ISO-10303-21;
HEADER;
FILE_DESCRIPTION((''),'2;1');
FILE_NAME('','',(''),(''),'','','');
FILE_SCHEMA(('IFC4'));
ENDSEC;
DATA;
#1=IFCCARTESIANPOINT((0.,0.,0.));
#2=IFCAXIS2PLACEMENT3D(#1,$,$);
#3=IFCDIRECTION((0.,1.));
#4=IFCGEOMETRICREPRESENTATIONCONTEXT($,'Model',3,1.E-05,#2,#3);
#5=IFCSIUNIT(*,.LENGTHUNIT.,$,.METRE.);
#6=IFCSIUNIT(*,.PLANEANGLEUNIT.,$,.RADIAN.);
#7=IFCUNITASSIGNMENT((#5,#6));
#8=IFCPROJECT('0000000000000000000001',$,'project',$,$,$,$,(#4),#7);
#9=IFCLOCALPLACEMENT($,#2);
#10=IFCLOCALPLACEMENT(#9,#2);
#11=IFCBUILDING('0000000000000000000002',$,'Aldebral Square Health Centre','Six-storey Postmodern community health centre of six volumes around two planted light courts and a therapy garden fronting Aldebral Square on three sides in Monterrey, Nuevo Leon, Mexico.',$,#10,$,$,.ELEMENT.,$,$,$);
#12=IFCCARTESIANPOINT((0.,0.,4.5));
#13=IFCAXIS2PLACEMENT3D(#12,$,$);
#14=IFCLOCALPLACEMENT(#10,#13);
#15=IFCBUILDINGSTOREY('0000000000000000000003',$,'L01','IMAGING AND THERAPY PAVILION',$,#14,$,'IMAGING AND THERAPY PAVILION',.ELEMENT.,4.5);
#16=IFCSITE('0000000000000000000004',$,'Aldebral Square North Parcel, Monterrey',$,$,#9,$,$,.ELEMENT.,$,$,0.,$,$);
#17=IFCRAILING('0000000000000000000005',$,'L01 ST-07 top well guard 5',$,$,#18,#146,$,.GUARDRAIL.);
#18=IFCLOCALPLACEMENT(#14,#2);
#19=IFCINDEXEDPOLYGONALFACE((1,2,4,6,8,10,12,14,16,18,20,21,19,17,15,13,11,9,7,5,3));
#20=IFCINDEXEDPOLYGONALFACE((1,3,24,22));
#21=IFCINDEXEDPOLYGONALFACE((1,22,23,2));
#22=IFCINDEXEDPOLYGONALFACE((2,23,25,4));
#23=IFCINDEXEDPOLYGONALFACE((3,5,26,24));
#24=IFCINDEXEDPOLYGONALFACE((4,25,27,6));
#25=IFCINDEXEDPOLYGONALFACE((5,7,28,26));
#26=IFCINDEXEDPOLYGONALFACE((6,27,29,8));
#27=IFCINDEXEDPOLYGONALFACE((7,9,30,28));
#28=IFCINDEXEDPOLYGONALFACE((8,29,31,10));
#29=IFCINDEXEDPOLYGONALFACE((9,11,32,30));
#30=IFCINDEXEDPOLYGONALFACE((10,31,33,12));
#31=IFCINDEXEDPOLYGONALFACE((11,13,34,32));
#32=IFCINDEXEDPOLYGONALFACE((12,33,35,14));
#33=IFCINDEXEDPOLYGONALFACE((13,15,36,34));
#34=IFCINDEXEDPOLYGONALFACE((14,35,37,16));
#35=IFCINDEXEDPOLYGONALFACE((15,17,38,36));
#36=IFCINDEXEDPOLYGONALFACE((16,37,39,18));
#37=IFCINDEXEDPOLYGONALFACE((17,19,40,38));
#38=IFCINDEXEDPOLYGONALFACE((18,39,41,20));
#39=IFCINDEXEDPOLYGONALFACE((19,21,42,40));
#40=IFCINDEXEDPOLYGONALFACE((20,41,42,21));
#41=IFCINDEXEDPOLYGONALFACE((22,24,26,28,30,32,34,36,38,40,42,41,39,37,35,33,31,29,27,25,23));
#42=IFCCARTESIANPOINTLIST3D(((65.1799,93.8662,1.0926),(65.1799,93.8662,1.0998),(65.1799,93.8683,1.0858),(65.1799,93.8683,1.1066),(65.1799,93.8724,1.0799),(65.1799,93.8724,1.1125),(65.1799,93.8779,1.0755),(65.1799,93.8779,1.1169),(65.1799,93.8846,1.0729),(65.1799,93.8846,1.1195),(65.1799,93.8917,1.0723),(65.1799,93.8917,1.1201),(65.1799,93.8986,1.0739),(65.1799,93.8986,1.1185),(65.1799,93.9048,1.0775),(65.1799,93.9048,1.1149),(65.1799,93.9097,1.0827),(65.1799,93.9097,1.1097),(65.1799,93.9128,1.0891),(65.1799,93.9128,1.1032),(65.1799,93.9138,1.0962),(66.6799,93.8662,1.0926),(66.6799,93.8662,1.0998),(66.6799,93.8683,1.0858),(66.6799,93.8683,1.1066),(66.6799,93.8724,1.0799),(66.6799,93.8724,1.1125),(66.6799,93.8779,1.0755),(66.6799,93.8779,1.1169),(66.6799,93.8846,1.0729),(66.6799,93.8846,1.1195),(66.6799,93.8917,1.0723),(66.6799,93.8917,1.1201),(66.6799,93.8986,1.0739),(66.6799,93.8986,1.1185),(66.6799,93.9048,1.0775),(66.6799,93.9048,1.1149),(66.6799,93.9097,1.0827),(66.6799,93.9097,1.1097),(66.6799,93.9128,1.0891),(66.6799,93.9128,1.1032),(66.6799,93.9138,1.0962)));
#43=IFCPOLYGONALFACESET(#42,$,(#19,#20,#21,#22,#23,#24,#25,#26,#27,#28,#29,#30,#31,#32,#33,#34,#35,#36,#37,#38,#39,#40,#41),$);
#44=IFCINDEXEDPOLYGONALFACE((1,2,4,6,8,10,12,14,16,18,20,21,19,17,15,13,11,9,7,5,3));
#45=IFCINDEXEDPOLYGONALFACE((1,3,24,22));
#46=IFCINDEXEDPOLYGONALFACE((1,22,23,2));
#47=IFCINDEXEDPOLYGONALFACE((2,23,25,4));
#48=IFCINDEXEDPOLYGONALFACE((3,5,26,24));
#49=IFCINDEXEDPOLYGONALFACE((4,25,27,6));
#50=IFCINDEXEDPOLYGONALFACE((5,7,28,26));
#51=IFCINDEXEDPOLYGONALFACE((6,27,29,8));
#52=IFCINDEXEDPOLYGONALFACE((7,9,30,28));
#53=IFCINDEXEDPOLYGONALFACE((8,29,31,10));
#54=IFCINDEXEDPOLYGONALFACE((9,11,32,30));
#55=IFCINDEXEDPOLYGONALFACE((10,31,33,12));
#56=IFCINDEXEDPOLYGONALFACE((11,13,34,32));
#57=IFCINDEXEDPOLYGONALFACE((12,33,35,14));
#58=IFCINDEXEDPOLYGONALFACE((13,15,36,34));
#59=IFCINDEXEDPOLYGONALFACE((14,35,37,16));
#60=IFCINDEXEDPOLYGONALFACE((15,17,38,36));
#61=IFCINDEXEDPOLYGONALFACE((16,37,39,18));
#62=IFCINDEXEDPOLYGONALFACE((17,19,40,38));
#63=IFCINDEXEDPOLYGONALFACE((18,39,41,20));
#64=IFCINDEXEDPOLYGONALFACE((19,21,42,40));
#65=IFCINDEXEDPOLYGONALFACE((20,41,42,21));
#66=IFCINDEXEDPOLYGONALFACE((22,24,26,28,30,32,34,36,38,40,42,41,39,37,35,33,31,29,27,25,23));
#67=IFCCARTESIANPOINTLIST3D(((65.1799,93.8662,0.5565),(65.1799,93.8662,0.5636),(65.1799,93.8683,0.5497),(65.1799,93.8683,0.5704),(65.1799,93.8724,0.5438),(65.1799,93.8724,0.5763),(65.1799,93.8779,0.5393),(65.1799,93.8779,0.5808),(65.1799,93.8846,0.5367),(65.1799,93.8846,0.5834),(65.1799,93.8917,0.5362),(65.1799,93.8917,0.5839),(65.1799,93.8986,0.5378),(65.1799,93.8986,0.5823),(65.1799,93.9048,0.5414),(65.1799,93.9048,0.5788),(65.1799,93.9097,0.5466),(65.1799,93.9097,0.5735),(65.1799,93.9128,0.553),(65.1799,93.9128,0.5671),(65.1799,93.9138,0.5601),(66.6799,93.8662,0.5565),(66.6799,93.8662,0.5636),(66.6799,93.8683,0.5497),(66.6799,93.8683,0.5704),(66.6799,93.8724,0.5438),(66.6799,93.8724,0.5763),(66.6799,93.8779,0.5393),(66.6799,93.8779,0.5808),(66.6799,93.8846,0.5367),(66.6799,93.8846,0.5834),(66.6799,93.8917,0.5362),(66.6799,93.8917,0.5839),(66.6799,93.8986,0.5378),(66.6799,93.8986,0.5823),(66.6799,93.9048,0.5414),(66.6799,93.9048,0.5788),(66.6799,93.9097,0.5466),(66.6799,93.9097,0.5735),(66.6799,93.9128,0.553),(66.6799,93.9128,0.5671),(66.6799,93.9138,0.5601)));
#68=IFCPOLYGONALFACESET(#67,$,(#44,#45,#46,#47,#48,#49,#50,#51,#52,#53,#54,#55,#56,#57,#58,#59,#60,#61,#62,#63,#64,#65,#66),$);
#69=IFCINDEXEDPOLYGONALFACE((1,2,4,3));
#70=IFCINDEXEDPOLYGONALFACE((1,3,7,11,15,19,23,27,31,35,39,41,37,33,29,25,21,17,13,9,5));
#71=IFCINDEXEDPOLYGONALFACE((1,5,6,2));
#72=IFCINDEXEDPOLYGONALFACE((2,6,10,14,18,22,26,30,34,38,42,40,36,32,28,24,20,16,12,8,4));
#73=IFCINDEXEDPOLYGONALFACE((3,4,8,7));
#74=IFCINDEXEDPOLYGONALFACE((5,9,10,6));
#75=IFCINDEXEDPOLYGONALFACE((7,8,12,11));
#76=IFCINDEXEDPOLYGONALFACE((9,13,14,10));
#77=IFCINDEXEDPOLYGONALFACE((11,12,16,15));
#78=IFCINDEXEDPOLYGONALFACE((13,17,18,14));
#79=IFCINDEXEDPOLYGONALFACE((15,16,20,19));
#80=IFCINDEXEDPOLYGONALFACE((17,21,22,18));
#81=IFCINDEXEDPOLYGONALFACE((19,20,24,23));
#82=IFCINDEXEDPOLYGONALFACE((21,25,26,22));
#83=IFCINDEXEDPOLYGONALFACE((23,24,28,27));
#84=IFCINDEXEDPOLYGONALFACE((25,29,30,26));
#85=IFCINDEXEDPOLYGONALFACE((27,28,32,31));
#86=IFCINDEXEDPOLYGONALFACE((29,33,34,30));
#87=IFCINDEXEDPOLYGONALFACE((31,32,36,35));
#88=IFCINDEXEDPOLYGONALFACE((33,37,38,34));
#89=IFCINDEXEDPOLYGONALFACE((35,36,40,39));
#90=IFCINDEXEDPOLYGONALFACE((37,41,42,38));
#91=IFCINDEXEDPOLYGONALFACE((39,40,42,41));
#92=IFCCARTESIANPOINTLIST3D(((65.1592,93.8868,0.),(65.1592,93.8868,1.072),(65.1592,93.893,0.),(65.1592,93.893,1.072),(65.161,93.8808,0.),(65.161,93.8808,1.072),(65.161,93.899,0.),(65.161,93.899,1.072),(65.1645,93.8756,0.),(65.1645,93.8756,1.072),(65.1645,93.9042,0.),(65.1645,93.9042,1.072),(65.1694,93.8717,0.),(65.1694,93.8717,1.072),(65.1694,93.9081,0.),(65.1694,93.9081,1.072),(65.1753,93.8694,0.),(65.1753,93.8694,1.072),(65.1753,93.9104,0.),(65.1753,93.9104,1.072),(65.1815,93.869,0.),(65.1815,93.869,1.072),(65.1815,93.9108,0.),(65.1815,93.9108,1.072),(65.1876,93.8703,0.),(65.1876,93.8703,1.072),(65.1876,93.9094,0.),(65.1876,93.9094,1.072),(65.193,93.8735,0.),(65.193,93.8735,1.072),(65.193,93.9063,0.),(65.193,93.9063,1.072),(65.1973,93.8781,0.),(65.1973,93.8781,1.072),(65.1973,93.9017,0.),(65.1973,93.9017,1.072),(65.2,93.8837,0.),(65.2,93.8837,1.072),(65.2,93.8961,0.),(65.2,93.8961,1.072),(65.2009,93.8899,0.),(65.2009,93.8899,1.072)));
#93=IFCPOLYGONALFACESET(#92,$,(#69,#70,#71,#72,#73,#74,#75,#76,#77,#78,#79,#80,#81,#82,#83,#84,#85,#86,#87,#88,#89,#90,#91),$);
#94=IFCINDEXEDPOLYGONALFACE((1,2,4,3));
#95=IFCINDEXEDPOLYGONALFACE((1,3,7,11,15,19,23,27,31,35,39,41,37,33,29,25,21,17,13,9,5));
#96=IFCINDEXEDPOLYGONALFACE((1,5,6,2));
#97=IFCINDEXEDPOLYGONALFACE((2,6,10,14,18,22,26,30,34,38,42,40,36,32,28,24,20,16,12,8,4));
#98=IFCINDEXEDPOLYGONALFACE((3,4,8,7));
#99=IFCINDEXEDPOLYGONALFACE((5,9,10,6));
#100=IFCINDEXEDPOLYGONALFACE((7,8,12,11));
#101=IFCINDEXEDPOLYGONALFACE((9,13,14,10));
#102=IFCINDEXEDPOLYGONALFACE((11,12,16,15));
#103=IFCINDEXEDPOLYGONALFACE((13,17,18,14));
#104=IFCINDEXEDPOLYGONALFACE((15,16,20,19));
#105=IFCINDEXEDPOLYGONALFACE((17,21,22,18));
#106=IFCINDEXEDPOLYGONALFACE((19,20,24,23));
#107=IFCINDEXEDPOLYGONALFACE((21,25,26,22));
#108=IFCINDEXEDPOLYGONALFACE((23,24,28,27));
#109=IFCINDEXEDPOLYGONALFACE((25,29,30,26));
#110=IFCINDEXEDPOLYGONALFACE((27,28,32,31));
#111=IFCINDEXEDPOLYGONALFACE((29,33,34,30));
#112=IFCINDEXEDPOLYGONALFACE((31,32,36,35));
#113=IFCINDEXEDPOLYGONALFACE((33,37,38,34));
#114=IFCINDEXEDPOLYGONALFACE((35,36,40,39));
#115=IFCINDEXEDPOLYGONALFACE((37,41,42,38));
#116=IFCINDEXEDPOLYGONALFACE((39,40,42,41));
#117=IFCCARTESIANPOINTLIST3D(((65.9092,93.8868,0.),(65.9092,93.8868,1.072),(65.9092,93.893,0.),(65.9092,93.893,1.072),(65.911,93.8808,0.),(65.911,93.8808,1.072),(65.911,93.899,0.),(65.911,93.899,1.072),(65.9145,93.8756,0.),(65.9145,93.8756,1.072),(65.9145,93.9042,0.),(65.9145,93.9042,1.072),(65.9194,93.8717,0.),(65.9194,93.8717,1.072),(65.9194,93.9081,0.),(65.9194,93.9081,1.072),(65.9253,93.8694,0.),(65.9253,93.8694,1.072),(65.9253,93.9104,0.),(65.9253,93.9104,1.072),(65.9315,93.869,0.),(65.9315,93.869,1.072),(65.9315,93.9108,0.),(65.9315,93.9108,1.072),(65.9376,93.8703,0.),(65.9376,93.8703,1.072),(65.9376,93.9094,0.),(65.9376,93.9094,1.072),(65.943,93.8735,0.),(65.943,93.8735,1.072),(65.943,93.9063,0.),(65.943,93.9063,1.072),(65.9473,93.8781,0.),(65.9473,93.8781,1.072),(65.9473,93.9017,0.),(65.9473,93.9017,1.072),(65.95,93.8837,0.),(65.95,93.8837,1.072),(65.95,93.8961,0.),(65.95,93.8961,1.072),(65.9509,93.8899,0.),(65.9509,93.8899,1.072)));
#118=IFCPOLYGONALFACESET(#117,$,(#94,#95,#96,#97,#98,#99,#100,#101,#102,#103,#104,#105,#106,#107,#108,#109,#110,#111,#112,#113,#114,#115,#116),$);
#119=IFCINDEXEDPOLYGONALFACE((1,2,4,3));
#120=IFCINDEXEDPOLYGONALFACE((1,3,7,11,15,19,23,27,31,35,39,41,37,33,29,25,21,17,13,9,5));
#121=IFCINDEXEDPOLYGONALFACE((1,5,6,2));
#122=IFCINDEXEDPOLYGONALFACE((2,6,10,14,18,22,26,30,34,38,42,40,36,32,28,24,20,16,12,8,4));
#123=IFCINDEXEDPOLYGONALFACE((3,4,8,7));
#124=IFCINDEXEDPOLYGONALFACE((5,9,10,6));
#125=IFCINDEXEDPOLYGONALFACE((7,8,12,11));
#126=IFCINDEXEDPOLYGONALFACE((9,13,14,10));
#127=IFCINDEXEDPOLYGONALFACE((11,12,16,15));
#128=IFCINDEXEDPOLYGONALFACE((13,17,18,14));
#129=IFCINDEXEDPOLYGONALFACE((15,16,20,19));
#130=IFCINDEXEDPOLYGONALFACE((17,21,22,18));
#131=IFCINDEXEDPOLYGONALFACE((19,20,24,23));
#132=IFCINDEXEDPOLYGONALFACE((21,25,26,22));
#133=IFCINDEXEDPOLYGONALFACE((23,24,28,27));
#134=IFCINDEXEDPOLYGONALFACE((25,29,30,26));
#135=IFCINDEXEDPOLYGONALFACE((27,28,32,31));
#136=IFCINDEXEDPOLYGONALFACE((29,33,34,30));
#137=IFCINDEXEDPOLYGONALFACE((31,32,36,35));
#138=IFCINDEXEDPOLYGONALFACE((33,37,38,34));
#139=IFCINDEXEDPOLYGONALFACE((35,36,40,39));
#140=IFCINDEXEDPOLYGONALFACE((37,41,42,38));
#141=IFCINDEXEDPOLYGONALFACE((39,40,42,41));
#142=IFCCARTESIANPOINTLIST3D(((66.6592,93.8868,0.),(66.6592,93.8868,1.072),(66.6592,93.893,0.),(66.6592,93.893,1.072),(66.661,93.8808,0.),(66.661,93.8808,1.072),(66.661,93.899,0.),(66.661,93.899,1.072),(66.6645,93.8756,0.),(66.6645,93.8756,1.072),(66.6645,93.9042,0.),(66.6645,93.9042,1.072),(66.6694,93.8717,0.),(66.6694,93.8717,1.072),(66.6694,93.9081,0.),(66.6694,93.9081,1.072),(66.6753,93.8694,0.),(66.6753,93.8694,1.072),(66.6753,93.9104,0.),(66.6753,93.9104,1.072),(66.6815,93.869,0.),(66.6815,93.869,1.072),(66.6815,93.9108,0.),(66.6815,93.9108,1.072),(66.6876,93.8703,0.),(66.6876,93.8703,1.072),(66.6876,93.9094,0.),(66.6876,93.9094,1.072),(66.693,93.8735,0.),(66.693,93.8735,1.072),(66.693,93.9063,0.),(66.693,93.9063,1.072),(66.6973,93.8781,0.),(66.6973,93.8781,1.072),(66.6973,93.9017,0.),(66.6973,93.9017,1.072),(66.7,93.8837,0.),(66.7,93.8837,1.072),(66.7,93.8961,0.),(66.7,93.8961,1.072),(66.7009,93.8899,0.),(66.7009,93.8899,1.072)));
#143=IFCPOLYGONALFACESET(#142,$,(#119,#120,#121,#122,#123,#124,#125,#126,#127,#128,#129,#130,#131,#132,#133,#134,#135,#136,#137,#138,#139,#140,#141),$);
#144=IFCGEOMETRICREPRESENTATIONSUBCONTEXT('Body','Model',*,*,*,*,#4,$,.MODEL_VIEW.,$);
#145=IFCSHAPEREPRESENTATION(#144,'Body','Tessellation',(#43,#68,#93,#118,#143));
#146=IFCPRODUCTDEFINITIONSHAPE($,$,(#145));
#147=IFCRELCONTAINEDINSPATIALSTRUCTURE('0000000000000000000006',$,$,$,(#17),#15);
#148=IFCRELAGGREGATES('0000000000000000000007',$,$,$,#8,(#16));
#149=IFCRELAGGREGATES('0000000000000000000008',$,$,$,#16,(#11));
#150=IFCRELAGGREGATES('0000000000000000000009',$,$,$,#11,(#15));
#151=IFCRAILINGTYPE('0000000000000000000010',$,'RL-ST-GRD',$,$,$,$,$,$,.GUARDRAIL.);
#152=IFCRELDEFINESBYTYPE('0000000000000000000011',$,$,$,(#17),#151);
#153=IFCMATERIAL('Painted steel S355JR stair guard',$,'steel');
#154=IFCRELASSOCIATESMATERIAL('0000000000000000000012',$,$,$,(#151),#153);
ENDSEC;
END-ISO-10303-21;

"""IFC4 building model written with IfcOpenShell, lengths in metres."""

from ifc_helpers import new_model, si_unit, direction, frame, origin, origin_2d, place, context, subcontext, project, spatial, circle, extrude, material, type_object, element, save


model = new_model("IFC4")

# Units and contexts
model_context = context("Model", 3, precision=1e-05, world=origin(), true_north=direction((0.0, 1.0)))
body_context = subcontext(model_context, "Body", "Model", "MODEL_VIEW")
ifc_project = project(units=[si_unit("LENGTHUNIT", "METRE"), si_unit("PLANEANGLEUNIT", "RADIAN")], contexts=[model_context])

# Site, building, storey
site_placement = place(None, origin())
site = spatial("IfcSite", under=ifc_project, at=site_placement, Name="Aldebral Square North Parcel, Monterrey", CompositionType="ELEMENT", RefElevation=0.0)
building_placement = place(site_placement, origin())
building = spatial("IfcBuilding", under=site, at=building_placement, Name="Aldebral Square Health Centre", Description="Six-storey Postmodern community health centre of six volumes around two planted light courts and a therapy garden fronting Aldebral Square on three sides in Monterrey, Nuevo Leon, Mexico.", CompositionType="ELEMENT")
storey_placement = place(building_placement, frame((0.0, 0.0, 4.5)))
storey = spatial("IfcBuildingStorey", under=building, at=storey_placement, Name="L01", Description="IMAGING AND THERAPY PAVILION", LongName="IMAGING AND THERAPY PAVILION", CompositionType="ELEMENT", Elevation=4.5)

# Railing
ifc_material_1 = material(Name="Painted steel S355JR stair guard", Category="steel")
railing_type_1 = type_object("IfcRailingType", Name="RL-ST-GRD", PredefinedType="GUARDRAIL", material=ifc_material_1)
railing_1_placement = place(storey_placement, frame((65.1799, 93.8899, 0.0)))
element("IfcRailing", 1, at=railing_1_placement, inside=storey, type_object=railing_type_1, Name="L01 ST-07 top well guard 5", PredefinedType="GUARDRAIL", context=body_context, shape_type="SweptSolid", body=[
    extrude(circle(Radius=0.0239, at=origin_2d()), frame((0.0, 0.0, 1.0962), z_axis=(1.0, 0.0, 0.0), x_axis=(0.0, 1.0, 0.0)), (0.0, 0.0, 1.0), 1.5),
    extrude(circle(Radius=0.0239, at=origin_2d()), frame((0.0, 0.0, 0.5601), z_axis=(1.0, 0.0, 0.0), x_axis=(0.0, 1.0, 0.0)), (0.0, 0.0, 1.0), 1.5),
    extrude(circle(Radius=0.021, at=origin_2d()), origin(), (0.0, 0.0, 1.0), 1.072),
    extrude(circle(Radius=0.021, at=origin_2d()), frame((0.75, 0.0, 0.0)), (0.0, 0.0, 1.0), 1.072),
    extrude(circle(Radius=0.021, at=origin_2d()), frame((1.5, 0.0, 0.0)), (0.0, 0.0, 1.0), 1.072),
])

save(model, "model.ifc")
